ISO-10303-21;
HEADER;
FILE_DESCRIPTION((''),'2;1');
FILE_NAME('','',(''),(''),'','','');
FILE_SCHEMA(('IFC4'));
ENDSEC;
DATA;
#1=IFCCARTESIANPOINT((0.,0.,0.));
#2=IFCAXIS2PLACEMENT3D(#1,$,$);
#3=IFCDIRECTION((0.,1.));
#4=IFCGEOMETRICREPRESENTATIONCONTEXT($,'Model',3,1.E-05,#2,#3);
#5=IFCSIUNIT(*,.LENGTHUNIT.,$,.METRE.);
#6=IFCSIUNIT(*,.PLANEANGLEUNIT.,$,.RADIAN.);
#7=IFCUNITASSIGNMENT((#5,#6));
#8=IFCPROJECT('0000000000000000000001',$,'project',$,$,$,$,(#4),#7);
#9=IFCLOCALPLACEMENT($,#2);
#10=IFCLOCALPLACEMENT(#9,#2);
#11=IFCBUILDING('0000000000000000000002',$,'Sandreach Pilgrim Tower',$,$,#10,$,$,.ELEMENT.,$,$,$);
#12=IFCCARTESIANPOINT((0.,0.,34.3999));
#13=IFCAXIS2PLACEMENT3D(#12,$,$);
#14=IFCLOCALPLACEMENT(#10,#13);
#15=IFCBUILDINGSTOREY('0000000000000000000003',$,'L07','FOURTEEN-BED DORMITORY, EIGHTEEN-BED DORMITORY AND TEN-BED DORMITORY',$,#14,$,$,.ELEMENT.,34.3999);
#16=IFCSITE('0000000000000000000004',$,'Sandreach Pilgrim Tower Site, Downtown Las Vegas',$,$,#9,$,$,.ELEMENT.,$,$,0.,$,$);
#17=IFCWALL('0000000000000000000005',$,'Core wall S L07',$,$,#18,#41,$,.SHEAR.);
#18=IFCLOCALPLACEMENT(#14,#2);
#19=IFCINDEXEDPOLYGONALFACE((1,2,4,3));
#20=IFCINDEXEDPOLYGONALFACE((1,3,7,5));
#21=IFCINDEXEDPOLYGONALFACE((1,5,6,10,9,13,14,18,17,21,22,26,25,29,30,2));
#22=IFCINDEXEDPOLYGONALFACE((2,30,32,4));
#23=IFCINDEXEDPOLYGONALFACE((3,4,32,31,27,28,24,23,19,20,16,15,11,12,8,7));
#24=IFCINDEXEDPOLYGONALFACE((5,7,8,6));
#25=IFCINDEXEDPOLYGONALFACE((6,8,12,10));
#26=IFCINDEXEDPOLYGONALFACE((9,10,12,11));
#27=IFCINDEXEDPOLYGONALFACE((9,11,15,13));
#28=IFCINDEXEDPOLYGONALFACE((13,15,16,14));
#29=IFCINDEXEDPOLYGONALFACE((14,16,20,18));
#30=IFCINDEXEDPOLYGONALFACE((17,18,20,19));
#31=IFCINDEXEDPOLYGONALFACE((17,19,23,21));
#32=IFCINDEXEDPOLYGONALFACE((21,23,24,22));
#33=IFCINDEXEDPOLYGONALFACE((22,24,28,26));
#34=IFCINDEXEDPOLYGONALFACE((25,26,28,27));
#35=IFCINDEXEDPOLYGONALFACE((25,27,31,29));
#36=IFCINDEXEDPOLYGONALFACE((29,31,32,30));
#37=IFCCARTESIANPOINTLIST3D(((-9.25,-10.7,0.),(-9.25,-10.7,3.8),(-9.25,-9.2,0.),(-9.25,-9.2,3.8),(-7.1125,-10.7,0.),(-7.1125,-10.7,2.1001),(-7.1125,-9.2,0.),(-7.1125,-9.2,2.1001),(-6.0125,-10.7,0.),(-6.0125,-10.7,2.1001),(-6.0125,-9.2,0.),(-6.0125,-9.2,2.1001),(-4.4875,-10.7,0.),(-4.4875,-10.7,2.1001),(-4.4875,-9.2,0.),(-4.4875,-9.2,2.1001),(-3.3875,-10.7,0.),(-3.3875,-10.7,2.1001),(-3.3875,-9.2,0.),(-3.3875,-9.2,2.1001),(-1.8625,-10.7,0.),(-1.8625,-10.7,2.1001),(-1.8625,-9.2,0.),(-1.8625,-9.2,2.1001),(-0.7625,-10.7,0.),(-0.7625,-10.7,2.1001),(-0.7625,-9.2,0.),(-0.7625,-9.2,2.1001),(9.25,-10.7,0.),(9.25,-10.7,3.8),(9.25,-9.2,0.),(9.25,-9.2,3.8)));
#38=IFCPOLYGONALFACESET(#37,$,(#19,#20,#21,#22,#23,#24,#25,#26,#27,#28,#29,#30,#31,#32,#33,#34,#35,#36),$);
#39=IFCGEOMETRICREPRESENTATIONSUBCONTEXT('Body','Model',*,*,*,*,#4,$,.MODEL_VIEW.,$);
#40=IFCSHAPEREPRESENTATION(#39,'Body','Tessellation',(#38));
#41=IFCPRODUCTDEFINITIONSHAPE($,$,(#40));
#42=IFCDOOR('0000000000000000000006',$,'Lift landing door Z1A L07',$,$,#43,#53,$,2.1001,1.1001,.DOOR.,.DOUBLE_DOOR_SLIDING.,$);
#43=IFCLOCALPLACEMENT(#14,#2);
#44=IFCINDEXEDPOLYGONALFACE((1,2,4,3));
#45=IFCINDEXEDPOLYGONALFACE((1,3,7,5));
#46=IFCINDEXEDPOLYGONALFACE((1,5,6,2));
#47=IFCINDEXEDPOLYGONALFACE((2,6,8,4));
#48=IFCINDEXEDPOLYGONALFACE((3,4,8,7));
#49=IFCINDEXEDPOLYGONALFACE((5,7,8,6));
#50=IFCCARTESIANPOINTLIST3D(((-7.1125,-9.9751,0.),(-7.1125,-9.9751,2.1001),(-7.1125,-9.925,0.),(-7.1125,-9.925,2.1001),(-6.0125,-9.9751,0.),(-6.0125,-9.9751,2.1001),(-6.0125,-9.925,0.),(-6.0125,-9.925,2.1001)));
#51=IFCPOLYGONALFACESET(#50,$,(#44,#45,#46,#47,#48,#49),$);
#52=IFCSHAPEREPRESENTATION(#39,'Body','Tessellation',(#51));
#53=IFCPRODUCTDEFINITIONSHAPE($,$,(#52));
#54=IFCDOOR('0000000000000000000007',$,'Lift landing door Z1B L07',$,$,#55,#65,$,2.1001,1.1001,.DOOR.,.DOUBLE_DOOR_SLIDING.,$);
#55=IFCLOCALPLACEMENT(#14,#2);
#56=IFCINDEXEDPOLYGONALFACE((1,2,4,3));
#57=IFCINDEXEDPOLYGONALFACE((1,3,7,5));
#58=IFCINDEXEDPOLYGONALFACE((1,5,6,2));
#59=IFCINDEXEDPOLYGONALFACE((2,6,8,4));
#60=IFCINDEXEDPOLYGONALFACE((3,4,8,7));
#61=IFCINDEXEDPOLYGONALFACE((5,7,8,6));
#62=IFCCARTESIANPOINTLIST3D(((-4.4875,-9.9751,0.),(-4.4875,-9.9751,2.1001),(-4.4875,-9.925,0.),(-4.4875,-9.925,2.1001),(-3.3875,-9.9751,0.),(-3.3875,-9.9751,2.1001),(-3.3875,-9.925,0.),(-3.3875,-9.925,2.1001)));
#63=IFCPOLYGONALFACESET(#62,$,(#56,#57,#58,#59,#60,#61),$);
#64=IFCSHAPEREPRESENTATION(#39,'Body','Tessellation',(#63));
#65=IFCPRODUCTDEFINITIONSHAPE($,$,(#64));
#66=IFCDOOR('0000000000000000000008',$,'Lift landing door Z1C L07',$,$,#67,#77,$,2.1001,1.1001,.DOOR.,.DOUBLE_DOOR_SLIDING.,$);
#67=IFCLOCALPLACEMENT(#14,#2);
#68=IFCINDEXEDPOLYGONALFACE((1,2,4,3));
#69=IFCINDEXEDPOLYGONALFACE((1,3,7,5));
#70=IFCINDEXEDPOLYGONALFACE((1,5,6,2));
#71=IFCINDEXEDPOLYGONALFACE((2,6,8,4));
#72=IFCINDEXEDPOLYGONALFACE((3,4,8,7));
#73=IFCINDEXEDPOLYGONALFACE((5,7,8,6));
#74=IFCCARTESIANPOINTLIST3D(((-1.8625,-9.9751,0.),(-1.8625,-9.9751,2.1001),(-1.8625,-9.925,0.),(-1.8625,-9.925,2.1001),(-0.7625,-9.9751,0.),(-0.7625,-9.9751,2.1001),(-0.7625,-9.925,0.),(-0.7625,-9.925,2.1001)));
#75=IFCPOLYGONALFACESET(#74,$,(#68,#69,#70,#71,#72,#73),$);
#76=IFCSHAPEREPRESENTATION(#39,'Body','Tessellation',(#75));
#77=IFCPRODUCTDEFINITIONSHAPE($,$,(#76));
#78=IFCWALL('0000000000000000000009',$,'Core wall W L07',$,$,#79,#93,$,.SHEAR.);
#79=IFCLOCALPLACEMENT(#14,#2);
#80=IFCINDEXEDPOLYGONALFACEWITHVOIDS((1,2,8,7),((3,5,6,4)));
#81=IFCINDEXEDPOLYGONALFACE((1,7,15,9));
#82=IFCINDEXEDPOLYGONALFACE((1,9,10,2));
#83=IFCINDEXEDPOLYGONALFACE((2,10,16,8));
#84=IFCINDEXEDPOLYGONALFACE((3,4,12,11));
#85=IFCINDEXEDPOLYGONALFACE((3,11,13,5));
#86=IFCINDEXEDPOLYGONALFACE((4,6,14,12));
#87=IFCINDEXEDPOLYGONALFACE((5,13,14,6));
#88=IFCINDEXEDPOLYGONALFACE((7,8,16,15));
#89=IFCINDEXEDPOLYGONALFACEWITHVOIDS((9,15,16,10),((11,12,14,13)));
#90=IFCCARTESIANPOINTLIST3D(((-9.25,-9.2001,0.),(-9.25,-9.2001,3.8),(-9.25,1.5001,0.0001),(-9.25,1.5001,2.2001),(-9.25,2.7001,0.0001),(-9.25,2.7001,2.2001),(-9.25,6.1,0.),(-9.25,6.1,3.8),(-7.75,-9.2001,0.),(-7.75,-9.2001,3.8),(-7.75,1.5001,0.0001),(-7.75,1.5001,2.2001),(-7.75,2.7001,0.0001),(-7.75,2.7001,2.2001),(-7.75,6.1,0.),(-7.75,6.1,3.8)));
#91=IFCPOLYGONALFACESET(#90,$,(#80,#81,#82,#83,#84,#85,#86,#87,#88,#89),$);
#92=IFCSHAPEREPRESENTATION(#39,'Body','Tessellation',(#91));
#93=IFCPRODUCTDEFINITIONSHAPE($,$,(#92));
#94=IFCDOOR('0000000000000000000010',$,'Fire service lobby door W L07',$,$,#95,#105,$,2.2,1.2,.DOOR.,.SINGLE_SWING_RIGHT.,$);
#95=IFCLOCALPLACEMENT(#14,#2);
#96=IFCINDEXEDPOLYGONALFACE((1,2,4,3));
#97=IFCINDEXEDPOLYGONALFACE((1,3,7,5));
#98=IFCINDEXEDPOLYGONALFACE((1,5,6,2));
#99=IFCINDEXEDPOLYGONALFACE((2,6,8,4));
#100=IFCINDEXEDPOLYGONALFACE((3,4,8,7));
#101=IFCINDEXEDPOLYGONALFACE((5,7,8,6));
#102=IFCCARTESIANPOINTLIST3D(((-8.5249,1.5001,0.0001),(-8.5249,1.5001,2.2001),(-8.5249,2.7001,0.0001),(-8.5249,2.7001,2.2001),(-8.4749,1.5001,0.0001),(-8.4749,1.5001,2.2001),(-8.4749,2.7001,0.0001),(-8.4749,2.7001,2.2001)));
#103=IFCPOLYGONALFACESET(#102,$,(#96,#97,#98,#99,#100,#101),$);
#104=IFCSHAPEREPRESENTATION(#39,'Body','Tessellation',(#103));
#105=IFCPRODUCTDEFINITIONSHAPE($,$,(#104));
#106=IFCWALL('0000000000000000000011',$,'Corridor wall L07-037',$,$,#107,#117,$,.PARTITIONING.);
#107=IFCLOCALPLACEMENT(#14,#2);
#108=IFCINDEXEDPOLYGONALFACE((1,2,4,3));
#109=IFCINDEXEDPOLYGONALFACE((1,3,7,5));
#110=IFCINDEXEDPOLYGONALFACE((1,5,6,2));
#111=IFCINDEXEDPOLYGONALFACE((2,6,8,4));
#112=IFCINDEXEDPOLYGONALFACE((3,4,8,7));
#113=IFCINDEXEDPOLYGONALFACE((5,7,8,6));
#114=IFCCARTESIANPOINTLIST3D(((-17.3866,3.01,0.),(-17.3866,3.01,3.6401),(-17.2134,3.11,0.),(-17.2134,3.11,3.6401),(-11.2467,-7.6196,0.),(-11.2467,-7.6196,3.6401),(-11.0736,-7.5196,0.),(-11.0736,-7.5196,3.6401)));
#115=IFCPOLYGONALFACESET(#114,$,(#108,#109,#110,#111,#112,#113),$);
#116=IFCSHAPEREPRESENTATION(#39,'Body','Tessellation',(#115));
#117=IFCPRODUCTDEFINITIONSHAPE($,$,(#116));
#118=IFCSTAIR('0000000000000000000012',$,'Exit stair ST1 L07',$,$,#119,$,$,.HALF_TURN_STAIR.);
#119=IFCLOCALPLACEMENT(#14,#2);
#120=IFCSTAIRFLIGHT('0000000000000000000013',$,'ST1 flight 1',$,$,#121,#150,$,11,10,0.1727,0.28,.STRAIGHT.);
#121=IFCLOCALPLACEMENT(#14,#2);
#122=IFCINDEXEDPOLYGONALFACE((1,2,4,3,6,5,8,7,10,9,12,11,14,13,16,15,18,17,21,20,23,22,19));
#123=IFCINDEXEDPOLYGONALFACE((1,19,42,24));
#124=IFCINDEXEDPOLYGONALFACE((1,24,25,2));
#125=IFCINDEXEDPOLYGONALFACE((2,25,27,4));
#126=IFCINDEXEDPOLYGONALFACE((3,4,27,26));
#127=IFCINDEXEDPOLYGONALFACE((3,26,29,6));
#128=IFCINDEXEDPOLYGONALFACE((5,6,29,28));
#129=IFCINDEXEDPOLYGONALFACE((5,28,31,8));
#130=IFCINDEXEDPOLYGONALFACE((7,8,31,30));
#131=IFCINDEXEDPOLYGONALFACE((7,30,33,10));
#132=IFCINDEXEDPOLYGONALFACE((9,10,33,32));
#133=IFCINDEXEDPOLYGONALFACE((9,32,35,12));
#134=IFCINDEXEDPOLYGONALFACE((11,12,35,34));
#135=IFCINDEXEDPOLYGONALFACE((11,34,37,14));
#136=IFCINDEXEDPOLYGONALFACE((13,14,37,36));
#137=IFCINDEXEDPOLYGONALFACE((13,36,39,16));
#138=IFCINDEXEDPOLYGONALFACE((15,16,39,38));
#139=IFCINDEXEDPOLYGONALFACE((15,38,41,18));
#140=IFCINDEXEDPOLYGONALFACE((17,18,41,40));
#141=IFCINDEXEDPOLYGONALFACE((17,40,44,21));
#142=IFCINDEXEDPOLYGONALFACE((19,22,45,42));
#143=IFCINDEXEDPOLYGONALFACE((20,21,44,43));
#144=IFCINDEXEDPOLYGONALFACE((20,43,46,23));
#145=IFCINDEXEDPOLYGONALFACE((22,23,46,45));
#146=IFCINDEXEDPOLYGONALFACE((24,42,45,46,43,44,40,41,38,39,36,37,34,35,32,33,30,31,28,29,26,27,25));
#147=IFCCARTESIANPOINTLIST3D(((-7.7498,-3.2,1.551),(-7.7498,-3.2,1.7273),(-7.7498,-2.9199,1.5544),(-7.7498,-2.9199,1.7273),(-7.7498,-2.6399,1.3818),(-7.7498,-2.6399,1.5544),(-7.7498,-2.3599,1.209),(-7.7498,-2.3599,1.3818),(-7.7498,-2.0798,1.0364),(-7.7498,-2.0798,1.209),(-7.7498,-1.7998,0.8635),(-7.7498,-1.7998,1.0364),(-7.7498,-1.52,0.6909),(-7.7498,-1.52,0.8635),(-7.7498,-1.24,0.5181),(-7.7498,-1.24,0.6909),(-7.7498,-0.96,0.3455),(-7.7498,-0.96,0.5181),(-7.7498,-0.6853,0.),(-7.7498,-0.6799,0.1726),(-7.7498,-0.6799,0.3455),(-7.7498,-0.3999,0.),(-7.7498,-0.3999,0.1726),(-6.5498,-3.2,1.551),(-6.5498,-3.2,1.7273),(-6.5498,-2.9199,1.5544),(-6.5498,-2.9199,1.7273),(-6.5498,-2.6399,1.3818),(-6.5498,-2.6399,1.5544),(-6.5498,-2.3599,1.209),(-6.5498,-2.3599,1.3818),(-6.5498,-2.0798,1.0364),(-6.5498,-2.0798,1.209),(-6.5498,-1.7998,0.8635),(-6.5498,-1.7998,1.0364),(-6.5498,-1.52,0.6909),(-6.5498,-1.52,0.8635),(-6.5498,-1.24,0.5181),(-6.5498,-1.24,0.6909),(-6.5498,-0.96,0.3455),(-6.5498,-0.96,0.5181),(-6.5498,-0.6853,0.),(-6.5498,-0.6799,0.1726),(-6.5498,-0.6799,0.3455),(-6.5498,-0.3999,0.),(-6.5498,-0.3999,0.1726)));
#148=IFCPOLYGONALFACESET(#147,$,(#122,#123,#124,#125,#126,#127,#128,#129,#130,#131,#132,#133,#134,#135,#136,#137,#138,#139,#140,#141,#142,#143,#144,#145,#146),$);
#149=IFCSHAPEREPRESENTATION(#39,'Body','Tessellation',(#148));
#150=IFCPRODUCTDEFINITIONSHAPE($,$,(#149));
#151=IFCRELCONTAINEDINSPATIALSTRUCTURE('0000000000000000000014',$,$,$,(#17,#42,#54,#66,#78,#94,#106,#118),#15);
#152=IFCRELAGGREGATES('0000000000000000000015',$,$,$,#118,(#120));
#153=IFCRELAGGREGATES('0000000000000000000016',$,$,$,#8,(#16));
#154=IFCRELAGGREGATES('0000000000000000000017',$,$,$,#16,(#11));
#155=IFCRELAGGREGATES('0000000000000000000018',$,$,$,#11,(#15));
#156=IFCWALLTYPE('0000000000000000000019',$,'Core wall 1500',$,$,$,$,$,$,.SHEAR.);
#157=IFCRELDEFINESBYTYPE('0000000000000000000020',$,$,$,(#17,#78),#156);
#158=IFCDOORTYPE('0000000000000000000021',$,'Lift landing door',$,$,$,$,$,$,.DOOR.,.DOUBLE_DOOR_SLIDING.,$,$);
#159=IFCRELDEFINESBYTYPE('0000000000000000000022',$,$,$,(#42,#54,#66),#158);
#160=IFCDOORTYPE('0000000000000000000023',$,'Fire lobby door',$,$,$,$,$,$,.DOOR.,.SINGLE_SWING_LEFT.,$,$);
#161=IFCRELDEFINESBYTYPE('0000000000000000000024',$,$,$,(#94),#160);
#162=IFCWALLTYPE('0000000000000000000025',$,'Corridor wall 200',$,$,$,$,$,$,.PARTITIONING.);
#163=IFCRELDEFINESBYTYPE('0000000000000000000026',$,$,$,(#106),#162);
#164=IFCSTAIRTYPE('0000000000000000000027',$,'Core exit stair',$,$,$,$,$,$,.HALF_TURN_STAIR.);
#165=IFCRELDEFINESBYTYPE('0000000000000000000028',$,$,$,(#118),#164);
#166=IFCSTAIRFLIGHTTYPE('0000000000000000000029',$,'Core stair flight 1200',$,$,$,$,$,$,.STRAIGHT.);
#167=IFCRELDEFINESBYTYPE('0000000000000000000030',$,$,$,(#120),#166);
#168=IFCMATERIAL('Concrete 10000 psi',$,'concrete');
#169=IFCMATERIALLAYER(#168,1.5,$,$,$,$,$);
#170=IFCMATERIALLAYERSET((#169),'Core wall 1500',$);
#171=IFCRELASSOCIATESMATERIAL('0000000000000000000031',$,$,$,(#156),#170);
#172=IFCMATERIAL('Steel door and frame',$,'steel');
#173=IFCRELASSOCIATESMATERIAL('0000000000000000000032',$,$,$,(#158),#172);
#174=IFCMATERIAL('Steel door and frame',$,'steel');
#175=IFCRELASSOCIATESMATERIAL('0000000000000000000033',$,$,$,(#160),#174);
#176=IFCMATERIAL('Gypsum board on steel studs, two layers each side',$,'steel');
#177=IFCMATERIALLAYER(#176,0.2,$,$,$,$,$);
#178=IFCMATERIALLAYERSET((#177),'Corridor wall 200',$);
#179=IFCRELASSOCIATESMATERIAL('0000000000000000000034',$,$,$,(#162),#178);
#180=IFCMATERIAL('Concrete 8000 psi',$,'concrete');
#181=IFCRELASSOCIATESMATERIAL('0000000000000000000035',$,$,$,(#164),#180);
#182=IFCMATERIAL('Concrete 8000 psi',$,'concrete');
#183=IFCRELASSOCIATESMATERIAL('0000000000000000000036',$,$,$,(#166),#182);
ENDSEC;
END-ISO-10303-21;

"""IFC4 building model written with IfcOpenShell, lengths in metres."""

from ifc_helpers import new_model, si_unit, direction, frame, frame_2d, origin, place, context, subcontext, project, spatial, polyline, rectangle, outline, extrude, material, layer, layer_set, type_object, element, fill, aggregate, save


model = new_model("IFC4")

# Units and contexts
model_context = context("Model", 3, precision=1e-05, world=origin(), true_north=direction((0.0, 1.0)))
body_context = subcontext(model_context, "Body", "Model", "MODEL_VIEW")
ifc_project = project(units=[si_unit("LENGTHUNIT", "METRE"), si_unit("PLANEANGLEUNIT", "RADIAN")], contexts=[model_context])

# Site, building, storey
site_placement = place(None, origin())
site = spatial("IfcSite", under=ifc_project, at=site_placement, Name="Sandreach Pilgrim Tower Site, Downtown Las Vegas", CompositionType="ELEMENT", RefElevation=0.0)
building_placement = place(site_placement, origin())
building = spatial("IfcBuilding", under=site, at=building_placement, Name="Sandreach Pilgrim Tower", CompositionType="ELEMENT")
storey_placement = place(building_placement, frame((0.0, 0.0, 34.3999)))
storey = spatial("IfcBuildingStorey", under=building, at=storey_placement, Name="L07", Description="FOURTEEN-BED DORMITORY, EIGHTEEN-BED DORMITORY AND TEN-BED DORMITORY", CompositionType="ELEMENT", Elevation=34.3999)

# Wall, openings, doors
ifc_material_1 = material(Name="Concrete 10000 psi", Category="concrete")
ifc_layer_1 = layer(ifc_material_1, 1.5)
ifc_layer_set_1 = layer_set([ifc_layer_1], Name="Core wall 1500")
wall_type_1 = type_object("IfcWallType", Name="Core wall 1500", PredefinedType="SHEAR", material=ifc_layer_set_1)
wall_1_placement = place(storey_placement, frame((-9.25, -9.95, 0.0), z_axis=(0.0, 0.0, 1.0), x_axis=(1.0, 0.0, 0.0)))
wall_1 = element("IfcWall", 1, at=wall_1_placement, inside=storey, type_object=wall_type_1, Name="Core wall S L07", PredefinedType="SHEAR", context=body_context, shape_type="SweptSolid", body=[
    extrude(rectangle(XDim=18.5, YDim=1.5, at=frame_2d((9.25, 0.0))), origin(), (0.0, 0.0, 1.0), 3.8),
])
opening_1_placement = place(wall_1_placement, frame((2.1375, 0.0, 0.0)))
opening_1 = element("IfcOpeningElement", 2, at=opening_1_placement, cuts=wall_1, PredefinedType="OPENING", context=body_context, shape_type="SweptSolid", body=[
    extrude(rectangle(XDim=1.1001, YDim=2.1001, at=frame_2d((0.55, 1.05))), frame((0.0, 0.75, 0.0), z_axis=(0.0, -1.0, 0.0), x_axis=(1.0, 0.0, 0.0)), (0.0, 0.0, 1.0), 1.5),
])
opening_2_placement = place(wall_1_placement, frame((4.7625, 0.0, 0.0)))
opening_2 = element("IfcOpeningElement", 3, at=opening_2_placement, cuts=wall_1, PredefinedType="OPENING", context=body_context, shape_type="SweptSolid", body=[
    extrude(rectangle(XDim=1.1001, YDim=2.1001, at=frame_2d((0.55, 1.05))), frame((0.0, 0.75, 0.0), z_axis=(0.0, -1.0, 0.0), x_axis=(1.0, 0.0, 0.0)), (0.0, 0.0, 1.0), 1.5),
])
opening_3_placement = place(wall_1_placement, frame((7.3875, 0.0, 0.0)))
opening_3 = element("IfcOpeningElement", 4, at=opening_3_placement, cuts=wall_1, PredefinedType="OPENING", context=body_context, shape_type="SweptSolid", body=[
    extrude(rectangle(XDim=1.1001, YDim=2.1001, at=frame_2d((0.55, 1.05))), frame((0.0, 0.75, 0.0), z_axis=(0.0, -1.0, 0.0), x_axis=(1.0, 0.0, 0.0)), (0.0, 0.0, 1.0), 1.5),
])
ifc_material_2 = material(Name="Steel door and frame", Category="steel")
door_type_1 = type_object("IfcDoorType", Name="Lift landing door", OperationType="DOUBLE_DOOR_SLIDING", PredefinedType="DOOR", material=ifc_material_2)
door_1_placement = place(opening_1_placement, origin())
door_1 = element("IfcDoor", 5, at=door_1_placement, inside=storey, type_object=door_type_1, Name="Lift landing door Z1A L07", OperationType="DOUBLE_DOOR_SLIDING", OverallHeight=2.1001, OverallWidth=1.1001, PredefinedType="DOOR", context=body_context, shape_type="SweptSolid", body=[
    extrude(rectangle(XDim=1.1001, YDim=2.1001, at=frame_2d((0.55, 1.05))), frame((0.0, 0.0249, 0.0), z_axis=(0.0, -1.0, 0.0), x_axis=(1.0, 0.0, 0.0)), (0.0, 0.0, 1.0), 0.05),
])
fill(opening_1, door_1)
door_2_placement = place(opening_2_placement, origin())
door_2 = element("IfcDoor", 6, at=door_2_placement, inside=storey, type_object=door_type_1, Name="Lift landing door Z1B L07", OperationType="DOUBLE_DOOR_SLIDING", OverallHeight=2.1001, OverallWidth=1.1001, PredefinedType="DOOR", context=body_context, shape_type="SweptSolid", body=[
    extrude(rectangle(XDim=1.1001, YDim=2.1001, at=frame_2d((0.55, 1.05))), frame((0.0, 0.0249, 0.0), z_axis=(0.0, -1.0, 0.0), x_axis=(1.0, 0.0, 0.0)), (0.0, 0.0, 1.0), 0.05),
])
fill(opening_2, door_2)
door_3_placement = place(opening_3_placement, origin())
door_3 = element("IfcDoor", 7, at=door_3_placement, inside=storey, type_object=door_type_1, Name="Lift landing door Z1C L07", OperationType="DOUBLE_DOOR_SLIDING", OverallHeight=2.1001, OverallWidth=1.1001, PredefinedType="DOOR", context=body_context, shape_type="SweptSolid", body=[
    extrude(rectangle(XDim=1.1001, YDim=2.1001, at=frame_2d((0.55, 1.05))), frame((0.0, 0.0249, 0.0), z_axis=(0.0, -1.0, 0.0), x_axis=(1.0, 0.0, 0.0)), (0.0, 0.0, 1.0), 0.05),
])
fill(opening_3, door_3)

# Wall, opening, door
wall_2_placement = place(storey_placement, frame((-8.5, -9.2, 0.0), z_axis=(0.0, 0.0, 1.0), x_axis=(0.0, 1.0, 0.0)))
wall_2 = element("IfcWall", 8, at=wall_2_placement, inside=storey, type_object=wall_type_1, Name="Core wall W L07", PredefinedType="SHEAR", context=body_context, shape_type="SweptSolid", body=[
    extrude(rectangle(XDim=15.3, YDim=1.5, at=frame_2d((7.6499, 0.0))), origin(), (0.0, 0.0, 1.0), 3.8),
])
opening_4_placement = place(wall_2_placement, frame((10.7, 0.0, 0.0)))
opening_4 = element("IfcOpeningElement", 9, at=opening_4_placement, cuts=wall_2, PredefinedType="OPENING", context=body_context, shape_type="SweptSolid", body=[
    extrude(rectangle(XDim=1.2, YDim=2.2, at=frame_2d((0.6001, 1.1001))), frame((0.0, 0.75, 0.0), z_axis=(0.0, -1.0, 0.0), x_axis=(1.0, 0.0, 0.0)), (0.0, 0.0, 1.0), 1.5),
])
ifc_material_3 = material(Name="Steel door and frame", Category="steel")
door_type_2 = type_object("IfcDoorType", Name="Fire lobby door", OperationType="SINGLE_SWING_LEFT", PredefinedType="DOOR", material=ifc_material_3)
door_4_placement = place(opening_4_placement, origin())
door_4 = element("IfcDoor", 10, at=door_4_placement, inside=storey, type_object=door_type_2, Name="Fire service lobby door W L07", OperationType="SINGLE_SWING_RIGHT", OverallHeight=2.2, OverallWidth=1.2, PredefinedType="DOOR", context=body_context, shape_type="SweptSolid", body=[
    extrude(rectangle(XDim=1.2, YDim=2.2, at=frame_2d((0.6001, 1.1001))), frame((0.0, 0.0249, 0.0), z_axis=(0.0, -1.0, 0.0), x_axis=(1.0, 0.0, 0.0)), (0.0, 0.0, 1.0), 0.05),
])
fill(opening_4, door_4)
ifc_material_4 = material(Name="Gypsum board on steel studs, two layers each side", Category="steel")
ifc_layer_2 = layer(ifc_material_4, 0.2)
ifc_layer_set_2 = layer_set([ifc_layer_2], Name="Corridor wall 200")
wall_type_2 = type_object("IfcWallType", Name="Corridor wall 200", PredefinedType="PARTITIONING", material=ifc_layer_set_2)

# Wall
wall_3_placement = place(storey_placement, frame((-11.1602, -7.5696, 0.0), z_axis=(0.0, 0.0, 1.0), x_axis=(-0.500175, 0.865924, 0.0)))
element("IfcWall", 11, at=wall_3_placement, inside=storey, type_object=wall_type_2, Name="Corridor wall L07-037", PredefinedType="PARTITIONING", context=body_context, shape_type="SweptSolid", body=[
    extrude(rectangle(XDim=12.2754, YDim=0.2, at=frame_2d((6.1377, 0.0))), origin(), (0.0, 0.0, 1.0), 3.6401),
])

# Stair, stair flight
ifc_material_5 = material(Name="Concrete 8000 psi", Category="concrete")
stair_type = type_object("IfcStairType", Name="Core exit stair", PredefinedType="HALF_TURN_STAIR", material=ifc_material_5)
stair_placement = place(storey_placement, origin())
stair = element("IfcStair", 12, at=stair_placement, inside=storey, type_object=stair_type, Name="Exit stair ST1 L07", PredefinedType="HALF_TURN_STAIR")
ifc_material_6 = material(Name="Concrete 8000 psi", Category="concrete")
stair_flight_type = type_object("IfcStairFlightType", Name="Core stair flight 1200", PredefinedType="STRAIGHT", material=ifc_material_6)
stair_flight_placement = place(storey_placement, frame((-7.1499, -0.3999, 0.0), z_axis=(0.0, 0.0, 1.0), x_axis=(0.0, -1.0, 0.0)))
stair_flight = element("IfcStairFlight", 13, at=stair_flight_placement, type_object=stair_flight_type, Name="ST1 flight 1", NumberOfRisers=11, NumberOfTreads=10, PredefinedType="STRAIGHT", RiserHeight=0.1727, TreadLength=0.28, context=body_context, shape_type="SweptSolid", body=[
    extrude(outline(polyline([(0.0, 0.0), (0.0, 0.1726), (0.28, 0.1726), (0.28, 0.3455), (0.5601, 0.3455), (0.5601, 0.5181), (0.8401, 0.5181), (0.8401, 0.6909), (1.1201, 0.6909), (1.1201, 0.8635), (1.3999, 0.8635), (1.3999, 1.0364), (1.6799, 1.0364), (1.6799, 1.209), (1.96, 1.209), (1.96, 1.3818), (2.24, 1.3818), (2.24, 1.5544), (2.52, 1.5544), (2.52, 1.7273), (2.8, 1.7273), (2.8, 1.8999), (2.8, 1.551), (0.2854, 0.0), (0.0, 0.0)])), frame((0.0, 0.6001, 0.0), z_axis=(0.0, -1.0, 0.0), x_axis=(1.0, 0.0, 0.0)), (0.0, 0.0, 1.0), 1.2),
])
aggregate(stair, [stair_flight])

save(model, "model.ifc")
